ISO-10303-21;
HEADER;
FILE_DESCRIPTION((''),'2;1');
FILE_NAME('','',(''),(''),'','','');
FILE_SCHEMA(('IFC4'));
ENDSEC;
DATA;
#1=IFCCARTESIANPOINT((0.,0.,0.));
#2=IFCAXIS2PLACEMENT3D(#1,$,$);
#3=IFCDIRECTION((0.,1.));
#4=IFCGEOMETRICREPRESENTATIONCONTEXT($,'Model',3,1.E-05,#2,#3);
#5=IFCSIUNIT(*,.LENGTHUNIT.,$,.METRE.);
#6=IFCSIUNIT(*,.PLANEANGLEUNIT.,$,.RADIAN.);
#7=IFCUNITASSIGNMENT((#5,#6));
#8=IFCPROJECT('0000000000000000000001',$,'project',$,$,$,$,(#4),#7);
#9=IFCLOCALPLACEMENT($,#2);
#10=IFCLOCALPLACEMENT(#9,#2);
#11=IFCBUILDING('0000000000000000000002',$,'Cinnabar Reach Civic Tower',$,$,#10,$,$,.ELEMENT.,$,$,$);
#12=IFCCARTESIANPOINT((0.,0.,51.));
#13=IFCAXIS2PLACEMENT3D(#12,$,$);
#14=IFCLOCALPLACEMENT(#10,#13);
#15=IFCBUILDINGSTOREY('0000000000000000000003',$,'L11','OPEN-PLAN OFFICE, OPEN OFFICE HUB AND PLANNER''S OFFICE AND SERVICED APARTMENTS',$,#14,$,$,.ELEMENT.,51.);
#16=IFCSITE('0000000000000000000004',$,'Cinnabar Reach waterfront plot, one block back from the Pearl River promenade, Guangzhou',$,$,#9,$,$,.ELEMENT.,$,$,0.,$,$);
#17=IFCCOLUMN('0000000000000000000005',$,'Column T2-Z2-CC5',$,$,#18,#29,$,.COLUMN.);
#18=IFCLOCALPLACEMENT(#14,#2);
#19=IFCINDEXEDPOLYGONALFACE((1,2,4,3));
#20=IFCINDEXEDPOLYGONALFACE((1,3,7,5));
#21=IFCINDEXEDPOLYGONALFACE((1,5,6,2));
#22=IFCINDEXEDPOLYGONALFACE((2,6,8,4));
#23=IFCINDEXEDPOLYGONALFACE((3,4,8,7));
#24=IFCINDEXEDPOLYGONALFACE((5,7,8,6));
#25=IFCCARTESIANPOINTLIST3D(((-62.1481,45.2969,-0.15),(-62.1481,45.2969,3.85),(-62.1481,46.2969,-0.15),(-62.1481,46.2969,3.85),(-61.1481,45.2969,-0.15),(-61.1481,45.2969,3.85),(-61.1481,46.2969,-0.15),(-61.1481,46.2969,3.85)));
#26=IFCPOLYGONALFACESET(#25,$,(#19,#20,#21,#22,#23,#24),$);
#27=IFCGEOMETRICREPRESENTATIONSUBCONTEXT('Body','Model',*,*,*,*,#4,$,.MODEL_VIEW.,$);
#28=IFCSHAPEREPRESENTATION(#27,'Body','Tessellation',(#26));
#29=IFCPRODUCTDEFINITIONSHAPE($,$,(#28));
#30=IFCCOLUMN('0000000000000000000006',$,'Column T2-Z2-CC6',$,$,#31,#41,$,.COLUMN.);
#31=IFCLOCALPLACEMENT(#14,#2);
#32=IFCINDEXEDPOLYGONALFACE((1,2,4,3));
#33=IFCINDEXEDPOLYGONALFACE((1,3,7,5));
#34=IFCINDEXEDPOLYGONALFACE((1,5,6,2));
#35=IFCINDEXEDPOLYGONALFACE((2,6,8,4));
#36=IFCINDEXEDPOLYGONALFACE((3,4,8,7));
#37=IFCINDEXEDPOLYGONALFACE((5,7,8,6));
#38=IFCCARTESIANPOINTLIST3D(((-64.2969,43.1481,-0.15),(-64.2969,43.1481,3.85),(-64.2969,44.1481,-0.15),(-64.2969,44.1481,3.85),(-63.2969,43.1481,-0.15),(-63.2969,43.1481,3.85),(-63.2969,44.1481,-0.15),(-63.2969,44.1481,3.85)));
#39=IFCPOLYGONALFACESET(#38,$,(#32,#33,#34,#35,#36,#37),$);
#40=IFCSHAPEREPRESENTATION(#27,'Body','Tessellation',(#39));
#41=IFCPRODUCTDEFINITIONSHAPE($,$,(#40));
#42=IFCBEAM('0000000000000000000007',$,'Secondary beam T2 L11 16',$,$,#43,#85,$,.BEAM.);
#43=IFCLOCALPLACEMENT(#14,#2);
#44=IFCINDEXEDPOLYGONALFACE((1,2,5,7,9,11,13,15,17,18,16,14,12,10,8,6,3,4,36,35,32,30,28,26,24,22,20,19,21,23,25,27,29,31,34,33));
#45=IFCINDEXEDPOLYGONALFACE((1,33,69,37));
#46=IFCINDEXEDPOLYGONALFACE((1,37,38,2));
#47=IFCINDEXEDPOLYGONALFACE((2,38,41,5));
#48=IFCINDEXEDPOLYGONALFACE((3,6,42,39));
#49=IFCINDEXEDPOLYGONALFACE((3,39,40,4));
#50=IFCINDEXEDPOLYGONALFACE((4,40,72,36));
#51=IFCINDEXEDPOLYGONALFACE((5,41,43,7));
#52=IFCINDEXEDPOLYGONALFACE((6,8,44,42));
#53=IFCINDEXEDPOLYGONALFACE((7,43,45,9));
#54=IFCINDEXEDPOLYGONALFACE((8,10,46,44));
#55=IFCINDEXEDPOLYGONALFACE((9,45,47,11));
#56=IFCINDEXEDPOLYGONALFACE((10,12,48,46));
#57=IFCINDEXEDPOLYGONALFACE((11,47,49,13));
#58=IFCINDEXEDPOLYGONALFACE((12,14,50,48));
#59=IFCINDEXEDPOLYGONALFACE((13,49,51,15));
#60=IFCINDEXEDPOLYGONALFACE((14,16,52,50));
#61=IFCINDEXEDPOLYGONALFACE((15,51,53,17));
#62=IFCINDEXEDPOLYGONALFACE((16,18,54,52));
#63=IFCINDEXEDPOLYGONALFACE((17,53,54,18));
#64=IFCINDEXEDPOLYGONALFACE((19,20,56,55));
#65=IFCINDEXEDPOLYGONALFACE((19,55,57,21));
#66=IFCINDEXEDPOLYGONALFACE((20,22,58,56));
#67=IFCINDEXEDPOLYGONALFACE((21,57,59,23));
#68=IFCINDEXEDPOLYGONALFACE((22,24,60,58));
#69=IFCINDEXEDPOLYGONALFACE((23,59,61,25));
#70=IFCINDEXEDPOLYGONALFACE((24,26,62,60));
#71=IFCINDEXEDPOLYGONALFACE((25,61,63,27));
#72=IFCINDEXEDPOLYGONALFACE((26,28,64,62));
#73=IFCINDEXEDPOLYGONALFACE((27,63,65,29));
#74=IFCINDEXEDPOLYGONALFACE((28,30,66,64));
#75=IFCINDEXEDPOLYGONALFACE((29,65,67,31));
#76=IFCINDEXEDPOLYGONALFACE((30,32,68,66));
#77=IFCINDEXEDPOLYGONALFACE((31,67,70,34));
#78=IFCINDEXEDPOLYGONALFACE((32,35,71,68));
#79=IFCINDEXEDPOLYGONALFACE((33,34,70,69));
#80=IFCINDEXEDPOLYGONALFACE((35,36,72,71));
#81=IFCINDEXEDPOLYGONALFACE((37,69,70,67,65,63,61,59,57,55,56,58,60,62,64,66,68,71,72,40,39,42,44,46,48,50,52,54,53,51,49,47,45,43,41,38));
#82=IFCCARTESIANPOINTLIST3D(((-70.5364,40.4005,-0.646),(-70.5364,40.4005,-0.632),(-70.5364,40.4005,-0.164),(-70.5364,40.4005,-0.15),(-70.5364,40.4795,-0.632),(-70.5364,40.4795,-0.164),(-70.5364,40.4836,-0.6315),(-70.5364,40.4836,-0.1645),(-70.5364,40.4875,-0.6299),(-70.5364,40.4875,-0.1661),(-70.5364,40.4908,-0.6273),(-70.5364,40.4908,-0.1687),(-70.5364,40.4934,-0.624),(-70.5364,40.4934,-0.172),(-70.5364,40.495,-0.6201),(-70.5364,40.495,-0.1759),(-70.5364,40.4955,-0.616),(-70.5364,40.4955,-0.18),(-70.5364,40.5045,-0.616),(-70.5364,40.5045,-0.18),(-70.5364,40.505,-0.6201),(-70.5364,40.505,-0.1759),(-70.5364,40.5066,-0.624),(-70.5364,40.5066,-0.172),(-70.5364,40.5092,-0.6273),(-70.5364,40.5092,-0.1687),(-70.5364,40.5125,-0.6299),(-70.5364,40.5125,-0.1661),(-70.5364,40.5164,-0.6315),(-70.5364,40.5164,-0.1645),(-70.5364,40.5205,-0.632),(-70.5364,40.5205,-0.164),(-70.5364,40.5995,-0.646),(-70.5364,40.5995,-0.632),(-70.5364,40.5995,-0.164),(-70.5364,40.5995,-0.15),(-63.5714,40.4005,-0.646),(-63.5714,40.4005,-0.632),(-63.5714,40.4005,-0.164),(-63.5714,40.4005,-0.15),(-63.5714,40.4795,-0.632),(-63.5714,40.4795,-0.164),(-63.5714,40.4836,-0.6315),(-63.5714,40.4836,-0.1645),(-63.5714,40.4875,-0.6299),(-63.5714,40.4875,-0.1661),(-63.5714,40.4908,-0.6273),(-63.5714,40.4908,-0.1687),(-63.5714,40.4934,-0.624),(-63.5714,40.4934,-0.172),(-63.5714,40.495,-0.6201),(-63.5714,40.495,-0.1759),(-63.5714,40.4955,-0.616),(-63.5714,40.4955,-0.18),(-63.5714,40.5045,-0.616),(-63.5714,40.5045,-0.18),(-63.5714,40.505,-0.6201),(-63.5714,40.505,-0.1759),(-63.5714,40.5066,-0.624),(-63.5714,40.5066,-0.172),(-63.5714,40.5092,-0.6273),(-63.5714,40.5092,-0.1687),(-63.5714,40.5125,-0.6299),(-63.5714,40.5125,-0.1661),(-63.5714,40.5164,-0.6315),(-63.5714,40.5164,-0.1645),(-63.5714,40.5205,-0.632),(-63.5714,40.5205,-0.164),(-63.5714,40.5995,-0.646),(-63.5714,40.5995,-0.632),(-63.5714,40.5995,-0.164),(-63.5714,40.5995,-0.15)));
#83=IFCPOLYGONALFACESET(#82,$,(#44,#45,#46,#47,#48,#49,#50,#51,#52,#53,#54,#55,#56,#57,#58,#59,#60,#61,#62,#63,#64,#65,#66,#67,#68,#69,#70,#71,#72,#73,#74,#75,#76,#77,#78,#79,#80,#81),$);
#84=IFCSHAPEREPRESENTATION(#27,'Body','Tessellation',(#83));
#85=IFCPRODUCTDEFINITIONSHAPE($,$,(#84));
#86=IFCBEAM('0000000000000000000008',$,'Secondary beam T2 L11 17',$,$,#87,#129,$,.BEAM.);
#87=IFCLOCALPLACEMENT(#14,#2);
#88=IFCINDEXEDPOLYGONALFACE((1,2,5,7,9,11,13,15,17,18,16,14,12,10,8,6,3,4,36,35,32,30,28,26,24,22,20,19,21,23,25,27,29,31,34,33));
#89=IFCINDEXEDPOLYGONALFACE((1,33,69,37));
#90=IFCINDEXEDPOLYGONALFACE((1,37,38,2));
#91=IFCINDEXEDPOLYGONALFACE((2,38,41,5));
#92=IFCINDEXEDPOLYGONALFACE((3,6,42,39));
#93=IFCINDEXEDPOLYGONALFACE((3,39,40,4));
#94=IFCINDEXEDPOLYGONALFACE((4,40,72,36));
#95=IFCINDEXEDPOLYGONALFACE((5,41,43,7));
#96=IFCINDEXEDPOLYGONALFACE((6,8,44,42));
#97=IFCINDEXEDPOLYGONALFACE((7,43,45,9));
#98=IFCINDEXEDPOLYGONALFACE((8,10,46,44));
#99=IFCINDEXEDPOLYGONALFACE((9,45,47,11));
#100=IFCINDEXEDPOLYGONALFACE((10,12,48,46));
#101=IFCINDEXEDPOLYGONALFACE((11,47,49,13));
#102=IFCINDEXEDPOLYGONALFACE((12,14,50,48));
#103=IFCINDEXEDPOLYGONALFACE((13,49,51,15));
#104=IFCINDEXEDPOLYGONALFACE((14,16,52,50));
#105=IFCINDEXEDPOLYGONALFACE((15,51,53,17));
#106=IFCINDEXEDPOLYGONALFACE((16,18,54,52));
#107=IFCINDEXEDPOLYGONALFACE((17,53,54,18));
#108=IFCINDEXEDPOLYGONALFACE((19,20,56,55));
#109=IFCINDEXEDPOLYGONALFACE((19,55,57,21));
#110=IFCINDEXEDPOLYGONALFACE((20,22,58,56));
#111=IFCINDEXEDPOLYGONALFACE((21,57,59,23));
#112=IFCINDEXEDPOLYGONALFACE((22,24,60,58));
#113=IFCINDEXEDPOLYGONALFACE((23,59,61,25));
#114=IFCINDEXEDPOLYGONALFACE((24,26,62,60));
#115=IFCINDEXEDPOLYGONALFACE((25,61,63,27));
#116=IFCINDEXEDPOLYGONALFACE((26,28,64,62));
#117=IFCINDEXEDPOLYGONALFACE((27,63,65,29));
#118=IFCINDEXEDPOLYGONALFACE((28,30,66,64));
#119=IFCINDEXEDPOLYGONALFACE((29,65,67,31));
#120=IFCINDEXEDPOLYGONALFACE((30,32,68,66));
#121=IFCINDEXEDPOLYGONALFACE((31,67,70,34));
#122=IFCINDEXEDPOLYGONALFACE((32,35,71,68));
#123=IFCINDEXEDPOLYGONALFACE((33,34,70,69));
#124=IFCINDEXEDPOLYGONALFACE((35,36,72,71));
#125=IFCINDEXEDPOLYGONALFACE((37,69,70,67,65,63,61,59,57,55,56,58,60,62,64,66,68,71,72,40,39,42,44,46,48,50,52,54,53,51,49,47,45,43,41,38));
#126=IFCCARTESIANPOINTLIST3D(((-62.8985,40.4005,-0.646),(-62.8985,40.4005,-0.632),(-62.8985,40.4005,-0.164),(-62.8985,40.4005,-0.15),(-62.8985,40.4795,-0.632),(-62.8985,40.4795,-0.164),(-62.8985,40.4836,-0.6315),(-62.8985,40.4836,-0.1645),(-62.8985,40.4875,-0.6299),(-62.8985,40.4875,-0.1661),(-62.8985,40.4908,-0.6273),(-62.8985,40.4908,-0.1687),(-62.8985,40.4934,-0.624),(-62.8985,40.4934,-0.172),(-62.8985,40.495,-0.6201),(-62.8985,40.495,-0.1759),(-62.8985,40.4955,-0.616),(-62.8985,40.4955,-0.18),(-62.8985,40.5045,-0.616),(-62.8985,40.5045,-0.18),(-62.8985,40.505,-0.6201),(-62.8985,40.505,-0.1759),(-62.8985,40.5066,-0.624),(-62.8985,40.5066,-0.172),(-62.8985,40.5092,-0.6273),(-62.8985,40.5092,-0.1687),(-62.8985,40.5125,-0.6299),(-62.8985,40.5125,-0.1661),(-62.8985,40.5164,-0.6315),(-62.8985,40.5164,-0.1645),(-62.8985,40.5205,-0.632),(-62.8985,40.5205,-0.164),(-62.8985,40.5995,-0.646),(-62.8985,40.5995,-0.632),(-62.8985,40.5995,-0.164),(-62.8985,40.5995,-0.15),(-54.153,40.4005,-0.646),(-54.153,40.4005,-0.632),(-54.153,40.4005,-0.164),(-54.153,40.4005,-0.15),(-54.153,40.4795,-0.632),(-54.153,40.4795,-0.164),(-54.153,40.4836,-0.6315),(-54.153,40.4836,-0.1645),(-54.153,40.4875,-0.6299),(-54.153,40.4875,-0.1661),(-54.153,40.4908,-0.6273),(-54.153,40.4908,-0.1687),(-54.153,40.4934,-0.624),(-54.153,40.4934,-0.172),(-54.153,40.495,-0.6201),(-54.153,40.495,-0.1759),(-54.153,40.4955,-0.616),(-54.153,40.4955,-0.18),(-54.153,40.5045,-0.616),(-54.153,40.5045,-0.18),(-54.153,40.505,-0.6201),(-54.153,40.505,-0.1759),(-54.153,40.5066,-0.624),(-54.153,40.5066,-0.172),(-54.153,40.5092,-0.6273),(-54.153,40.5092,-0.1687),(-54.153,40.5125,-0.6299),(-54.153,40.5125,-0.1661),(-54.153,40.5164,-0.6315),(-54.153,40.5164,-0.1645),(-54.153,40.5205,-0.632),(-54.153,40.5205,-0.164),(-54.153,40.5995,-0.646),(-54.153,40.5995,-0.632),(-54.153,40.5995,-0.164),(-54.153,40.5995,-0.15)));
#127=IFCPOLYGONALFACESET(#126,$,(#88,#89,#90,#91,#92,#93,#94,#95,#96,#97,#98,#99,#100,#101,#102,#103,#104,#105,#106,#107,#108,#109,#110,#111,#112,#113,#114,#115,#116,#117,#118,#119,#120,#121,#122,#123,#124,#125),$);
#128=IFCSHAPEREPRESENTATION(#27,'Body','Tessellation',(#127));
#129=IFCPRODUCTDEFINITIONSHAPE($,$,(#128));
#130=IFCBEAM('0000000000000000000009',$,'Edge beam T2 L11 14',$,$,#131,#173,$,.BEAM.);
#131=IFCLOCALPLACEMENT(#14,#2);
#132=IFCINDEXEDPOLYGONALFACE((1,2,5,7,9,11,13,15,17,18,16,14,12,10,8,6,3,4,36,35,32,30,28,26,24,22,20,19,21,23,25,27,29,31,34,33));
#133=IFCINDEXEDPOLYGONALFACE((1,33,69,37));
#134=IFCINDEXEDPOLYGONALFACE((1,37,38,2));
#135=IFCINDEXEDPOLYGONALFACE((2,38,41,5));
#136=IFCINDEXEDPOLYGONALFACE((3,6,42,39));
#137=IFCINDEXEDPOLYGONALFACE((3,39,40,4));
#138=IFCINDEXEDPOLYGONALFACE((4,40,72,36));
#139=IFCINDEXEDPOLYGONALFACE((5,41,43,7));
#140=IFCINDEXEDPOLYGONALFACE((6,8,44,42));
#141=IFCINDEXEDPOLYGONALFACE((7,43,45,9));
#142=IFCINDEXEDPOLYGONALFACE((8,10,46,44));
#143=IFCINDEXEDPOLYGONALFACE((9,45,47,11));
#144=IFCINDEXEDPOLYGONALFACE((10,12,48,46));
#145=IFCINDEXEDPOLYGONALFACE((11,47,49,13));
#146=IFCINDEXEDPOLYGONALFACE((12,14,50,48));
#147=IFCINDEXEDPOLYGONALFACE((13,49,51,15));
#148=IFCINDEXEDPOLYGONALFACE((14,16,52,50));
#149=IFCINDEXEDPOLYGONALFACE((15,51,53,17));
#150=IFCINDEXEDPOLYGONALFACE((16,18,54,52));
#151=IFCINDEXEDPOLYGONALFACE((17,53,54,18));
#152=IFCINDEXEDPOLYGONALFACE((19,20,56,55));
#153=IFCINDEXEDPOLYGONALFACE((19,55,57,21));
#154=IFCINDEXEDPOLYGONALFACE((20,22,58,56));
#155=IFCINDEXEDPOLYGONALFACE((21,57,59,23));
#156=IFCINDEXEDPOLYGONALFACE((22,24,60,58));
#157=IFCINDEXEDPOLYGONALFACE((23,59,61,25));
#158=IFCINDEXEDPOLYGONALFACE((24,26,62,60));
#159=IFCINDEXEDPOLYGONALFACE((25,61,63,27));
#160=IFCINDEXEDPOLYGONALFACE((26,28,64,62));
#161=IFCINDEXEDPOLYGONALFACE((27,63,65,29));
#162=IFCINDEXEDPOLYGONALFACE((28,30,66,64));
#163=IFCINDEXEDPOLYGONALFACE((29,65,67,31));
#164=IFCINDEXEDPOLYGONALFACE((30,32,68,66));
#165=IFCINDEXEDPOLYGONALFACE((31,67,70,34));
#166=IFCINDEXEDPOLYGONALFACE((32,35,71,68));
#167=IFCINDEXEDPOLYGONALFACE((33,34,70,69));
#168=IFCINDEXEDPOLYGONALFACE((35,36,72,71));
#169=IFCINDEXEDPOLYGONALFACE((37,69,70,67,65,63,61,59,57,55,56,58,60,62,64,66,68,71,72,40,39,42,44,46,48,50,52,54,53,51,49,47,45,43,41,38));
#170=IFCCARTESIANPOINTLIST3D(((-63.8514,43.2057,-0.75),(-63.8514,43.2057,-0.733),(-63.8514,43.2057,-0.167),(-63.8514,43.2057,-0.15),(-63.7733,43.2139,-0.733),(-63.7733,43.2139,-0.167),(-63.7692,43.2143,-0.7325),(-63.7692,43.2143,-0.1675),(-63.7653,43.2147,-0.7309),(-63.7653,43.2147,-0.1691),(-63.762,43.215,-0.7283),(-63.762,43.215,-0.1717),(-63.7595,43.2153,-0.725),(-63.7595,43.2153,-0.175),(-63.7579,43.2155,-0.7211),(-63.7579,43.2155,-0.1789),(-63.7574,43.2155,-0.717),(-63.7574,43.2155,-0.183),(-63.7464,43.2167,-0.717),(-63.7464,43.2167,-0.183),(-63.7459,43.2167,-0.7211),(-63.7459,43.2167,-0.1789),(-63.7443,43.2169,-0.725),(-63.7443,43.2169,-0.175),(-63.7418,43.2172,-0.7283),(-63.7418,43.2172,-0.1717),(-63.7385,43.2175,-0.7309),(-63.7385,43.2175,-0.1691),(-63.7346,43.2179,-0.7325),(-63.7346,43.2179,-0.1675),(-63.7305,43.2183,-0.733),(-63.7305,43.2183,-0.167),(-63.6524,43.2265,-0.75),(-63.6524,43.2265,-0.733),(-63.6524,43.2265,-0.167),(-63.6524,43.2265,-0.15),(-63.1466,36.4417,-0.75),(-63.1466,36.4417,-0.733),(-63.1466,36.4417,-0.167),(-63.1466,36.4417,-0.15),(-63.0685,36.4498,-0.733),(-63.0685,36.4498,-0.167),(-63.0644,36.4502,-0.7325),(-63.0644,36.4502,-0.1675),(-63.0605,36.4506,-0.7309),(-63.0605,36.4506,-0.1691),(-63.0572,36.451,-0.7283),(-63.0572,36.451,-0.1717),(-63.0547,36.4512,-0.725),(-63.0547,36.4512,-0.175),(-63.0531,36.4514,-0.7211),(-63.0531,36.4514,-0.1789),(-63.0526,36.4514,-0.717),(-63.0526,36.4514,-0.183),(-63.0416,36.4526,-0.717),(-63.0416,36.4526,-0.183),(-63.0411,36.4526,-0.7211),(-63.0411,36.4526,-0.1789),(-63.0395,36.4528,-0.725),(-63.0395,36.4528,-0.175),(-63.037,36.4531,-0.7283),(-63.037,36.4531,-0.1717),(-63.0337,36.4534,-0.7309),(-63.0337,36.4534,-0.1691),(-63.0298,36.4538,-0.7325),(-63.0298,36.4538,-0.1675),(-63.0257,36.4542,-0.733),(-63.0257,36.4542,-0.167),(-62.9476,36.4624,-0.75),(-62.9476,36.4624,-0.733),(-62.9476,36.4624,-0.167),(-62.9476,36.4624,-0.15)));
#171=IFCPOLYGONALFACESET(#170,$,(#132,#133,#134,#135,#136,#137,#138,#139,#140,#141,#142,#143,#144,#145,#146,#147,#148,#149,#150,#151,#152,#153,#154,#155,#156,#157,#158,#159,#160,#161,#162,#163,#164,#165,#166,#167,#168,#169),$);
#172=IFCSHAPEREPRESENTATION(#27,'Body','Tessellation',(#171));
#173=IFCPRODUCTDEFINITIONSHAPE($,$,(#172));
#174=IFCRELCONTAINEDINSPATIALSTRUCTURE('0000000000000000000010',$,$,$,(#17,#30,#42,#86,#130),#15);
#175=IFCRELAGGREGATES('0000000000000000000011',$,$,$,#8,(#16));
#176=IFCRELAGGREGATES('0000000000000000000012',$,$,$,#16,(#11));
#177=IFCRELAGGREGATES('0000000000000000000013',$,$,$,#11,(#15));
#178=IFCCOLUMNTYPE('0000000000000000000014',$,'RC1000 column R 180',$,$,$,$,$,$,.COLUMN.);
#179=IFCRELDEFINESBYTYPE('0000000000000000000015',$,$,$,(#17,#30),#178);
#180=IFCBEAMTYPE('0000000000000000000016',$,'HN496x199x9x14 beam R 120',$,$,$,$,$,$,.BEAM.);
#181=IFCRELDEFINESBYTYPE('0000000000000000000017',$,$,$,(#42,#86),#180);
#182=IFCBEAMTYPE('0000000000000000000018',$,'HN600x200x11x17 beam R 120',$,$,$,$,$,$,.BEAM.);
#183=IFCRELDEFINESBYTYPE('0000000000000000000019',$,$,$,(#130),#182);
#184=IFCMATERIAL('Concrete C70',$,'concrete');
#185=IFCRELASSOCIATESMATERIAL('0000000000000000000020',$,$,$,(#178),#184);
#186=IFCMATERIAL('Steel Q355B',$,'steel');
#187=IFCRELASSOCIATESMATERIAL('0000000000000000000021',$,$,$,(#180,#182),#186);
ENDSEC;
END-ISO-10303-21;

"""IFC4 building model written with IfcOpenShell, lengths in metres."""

from ifc_helpers import new_model, si_unit, direction, frame, origin, origin_2d, place, context, subcontext, project, spatial, rectangle, i_section, extrude, material, material_profile, profile_set, type_object, element, save


model = new_model("IFC4")

# Units and contexts
model_context = context("Model", 3, precision=1e-05, world=origin(), true_north=direction((0.0, 1.0)))
body_context = subcontext(model_context, "Body", "Model", "MODEL_VIEW")
ifc_project = project(units=[si_unit("LENGTHUNIT", "METRE"), si_unit("PLANEANGLEUNIT", "RADIAN")], contexts=[model_context])

# Site, building, storey
site_placement = place(None, origin())
site = spatial("IfcSite", under=ifc_project, at=site_placement, Name="Cinnabar Reach waterfront plot, one block back from the Pearl River promenade, Guangzhou", CompositionType="ELEMENT", RefElevation=0.0)
building_placement = place(site_placement, origin())
building = spatial("IfcBuilding", under=site, at=building_placement, Name="Cinnabar Reach Civic Tower", CompositionType="ELEMENT")
storey_placement = place(building_placement, frame((0.0, 0.0, 51.0)))
storey = spatial("IfcBuildingStorey", under=building, at=storey_placement, Name="L11", Description="OPEN-PLAN OFFICE, OPEN OFFICE HUB AND PLANNER'S OFFICE AND SERVICED APARTMENTS", CompositionType="ELEMENT", Elevation=51.0)

# Columns
ifc_material_1 = material(Name="Concrete C70", Category="concrete")
ifc_material_profile_1 = material_profile(ifc_material_1, rectangle(XDim=1.0, YDim=1.0, at=origin_2d()), Name="RC1000")
ifc_profile_set_1 = profile_set([ifc_material_profile_1], Name="Concrete C70")
column_type = type_object("IfcColumnType", Name="RC1000 column R 180", PredefinedType="COLUMN", material=ifc_profile_set_1)
for number, where, z_axis, x_axis, name in (
    (1, (-61.6481, 45.7969, -0.15), (0.0, 0.0, 1.0), (1.0, 0.0, 0.0), "Column T2-Z2-CC5"),
    (2, (-63.7969, 43.6481, -0.15), (0.0, 0.0, 1.0), (1.0, 0.0, 0.0), "Column T2-Z2-CC6"),
):
    element("IfcColumn", number, at=place(storey_placement, frame(where, z_axis=z_axis, x_axis=x_axis)), inside=storey, type_object=column_type, Name=name, PredefinedType="COLUMN", context=body_context, shape_type="SweptSolid", body=[
        extrude(rectangle(XDim=1.0, YDim=1.0, at=origin_2d()), origin(), (0.0, 0.0, 1.0), 4.0),
    ])

# Beams
ifc_material_2 = material(Name="Steel Q355B", Category="steel")
ifc_material_profile_2 = material_profile(ifc_material_2, i_section(OverallWidth=0.199, OverallDepth=0.496, WebThickness=0.009, FlangeThickness=0.014, FilletRadius=0.016, at=origin_2d()), Name="HN496x199x9x14")
ifc_profile_set_2 = profile_set([ifc_material_profile_2], Name="Steel Q355B")
beam_type_1 = type_object("IfcBeamType", Name="HN496x199x9x14 beam R 120", PredefinedType="BEAM", material=ifc_profile_set_2)
beam_1_placement = place(storey_placement, frame((-70.5364, 40.5, -0.398), z_axis=(1.0, 0.0, 0.0), x_axis=(0.0, 1.0, 0.0)))
element("IfcBeam", 3, at=beam_1_placement, inside=storey, type_object=beam_type_1, Name="Secondary beam T2 L11 16", PredefinedType="BEAM", context=body_context, shape_type="SweptSolid", body=[
    extrude(i_section(OverallWidth=0.199, OverallDepth=0.496, WebThickness=0.009, FlangeThickness=0.014, FilletRadius=0.016, at=origin_2d()), origin(), (0.0, 0.0, 1.0), 6.965),
])
beam_2_placement = place(storey_placement, frame((-62.8985, 40.5, -0.398), z_axis=(1.0, 0.0, 0.0), x_axis=(0.0, 1.0, 0.0)))
element("IfcBeam", 4, at=beam_2_placement, inside=storey, type_object=beam_type_1, Name="Secondary beam T2 L11 17", PredefinedType="BEAM", context=body_context, shape_type="SweptSolid", body=[
    extrude(i_section(OverallWidth=0.199, OverallDepth=0.496, WebThickness=0.009, FlangeThickness=0.014, FilletRadius=0.016, at=origin_2d()), origin(), (0.0, 0.0, 1.0), 8.7455),
])
ifc_material_profile_3 = material_profile(ifc_material_2, i_section(OverallWidth=0.2, OverallDepth=0.6, WebThickness=0.011, FlangeThickness=0.017, FilletRadius=0.016, at=origin_2d()), Name="HN600x200x11x17")
ifc_profile_set_3 = profile_set([ifc_material_profile_3], Name="Steel Q355B")
beam_type_2 = type_object("IfcBeamType", Name="HN600x200x11x17 beam R 120", PredefinedType="BEAM", material=ifc_profile_set_3)
beam_3_placement = place(storey_placement, frame((-63.7519, 43.2161, -0.45), z_axis=(0.103636, -0.994615, 0.0), x_axis=(0.994615, 0.103636, 0.0)))
element("IfcBeam", 5, at=beam_3_placement, inside=storey, type_object=beam_type_2, Name="Edge beam T2 L11 14", PredefinedType="BEAM", context=body_context, shape_type="SweptSolid", body=[
    extrude(i_section(OverallWidth=0.2, OverallDepth=0.6, WebThickness=0.011, FlangeThickness=0.017, FilletRadius=0.016, at=origin_2d()), origin(), (0.0, 0.0, 1.0), 6.8007),
])

save(model, "model.ifc")
